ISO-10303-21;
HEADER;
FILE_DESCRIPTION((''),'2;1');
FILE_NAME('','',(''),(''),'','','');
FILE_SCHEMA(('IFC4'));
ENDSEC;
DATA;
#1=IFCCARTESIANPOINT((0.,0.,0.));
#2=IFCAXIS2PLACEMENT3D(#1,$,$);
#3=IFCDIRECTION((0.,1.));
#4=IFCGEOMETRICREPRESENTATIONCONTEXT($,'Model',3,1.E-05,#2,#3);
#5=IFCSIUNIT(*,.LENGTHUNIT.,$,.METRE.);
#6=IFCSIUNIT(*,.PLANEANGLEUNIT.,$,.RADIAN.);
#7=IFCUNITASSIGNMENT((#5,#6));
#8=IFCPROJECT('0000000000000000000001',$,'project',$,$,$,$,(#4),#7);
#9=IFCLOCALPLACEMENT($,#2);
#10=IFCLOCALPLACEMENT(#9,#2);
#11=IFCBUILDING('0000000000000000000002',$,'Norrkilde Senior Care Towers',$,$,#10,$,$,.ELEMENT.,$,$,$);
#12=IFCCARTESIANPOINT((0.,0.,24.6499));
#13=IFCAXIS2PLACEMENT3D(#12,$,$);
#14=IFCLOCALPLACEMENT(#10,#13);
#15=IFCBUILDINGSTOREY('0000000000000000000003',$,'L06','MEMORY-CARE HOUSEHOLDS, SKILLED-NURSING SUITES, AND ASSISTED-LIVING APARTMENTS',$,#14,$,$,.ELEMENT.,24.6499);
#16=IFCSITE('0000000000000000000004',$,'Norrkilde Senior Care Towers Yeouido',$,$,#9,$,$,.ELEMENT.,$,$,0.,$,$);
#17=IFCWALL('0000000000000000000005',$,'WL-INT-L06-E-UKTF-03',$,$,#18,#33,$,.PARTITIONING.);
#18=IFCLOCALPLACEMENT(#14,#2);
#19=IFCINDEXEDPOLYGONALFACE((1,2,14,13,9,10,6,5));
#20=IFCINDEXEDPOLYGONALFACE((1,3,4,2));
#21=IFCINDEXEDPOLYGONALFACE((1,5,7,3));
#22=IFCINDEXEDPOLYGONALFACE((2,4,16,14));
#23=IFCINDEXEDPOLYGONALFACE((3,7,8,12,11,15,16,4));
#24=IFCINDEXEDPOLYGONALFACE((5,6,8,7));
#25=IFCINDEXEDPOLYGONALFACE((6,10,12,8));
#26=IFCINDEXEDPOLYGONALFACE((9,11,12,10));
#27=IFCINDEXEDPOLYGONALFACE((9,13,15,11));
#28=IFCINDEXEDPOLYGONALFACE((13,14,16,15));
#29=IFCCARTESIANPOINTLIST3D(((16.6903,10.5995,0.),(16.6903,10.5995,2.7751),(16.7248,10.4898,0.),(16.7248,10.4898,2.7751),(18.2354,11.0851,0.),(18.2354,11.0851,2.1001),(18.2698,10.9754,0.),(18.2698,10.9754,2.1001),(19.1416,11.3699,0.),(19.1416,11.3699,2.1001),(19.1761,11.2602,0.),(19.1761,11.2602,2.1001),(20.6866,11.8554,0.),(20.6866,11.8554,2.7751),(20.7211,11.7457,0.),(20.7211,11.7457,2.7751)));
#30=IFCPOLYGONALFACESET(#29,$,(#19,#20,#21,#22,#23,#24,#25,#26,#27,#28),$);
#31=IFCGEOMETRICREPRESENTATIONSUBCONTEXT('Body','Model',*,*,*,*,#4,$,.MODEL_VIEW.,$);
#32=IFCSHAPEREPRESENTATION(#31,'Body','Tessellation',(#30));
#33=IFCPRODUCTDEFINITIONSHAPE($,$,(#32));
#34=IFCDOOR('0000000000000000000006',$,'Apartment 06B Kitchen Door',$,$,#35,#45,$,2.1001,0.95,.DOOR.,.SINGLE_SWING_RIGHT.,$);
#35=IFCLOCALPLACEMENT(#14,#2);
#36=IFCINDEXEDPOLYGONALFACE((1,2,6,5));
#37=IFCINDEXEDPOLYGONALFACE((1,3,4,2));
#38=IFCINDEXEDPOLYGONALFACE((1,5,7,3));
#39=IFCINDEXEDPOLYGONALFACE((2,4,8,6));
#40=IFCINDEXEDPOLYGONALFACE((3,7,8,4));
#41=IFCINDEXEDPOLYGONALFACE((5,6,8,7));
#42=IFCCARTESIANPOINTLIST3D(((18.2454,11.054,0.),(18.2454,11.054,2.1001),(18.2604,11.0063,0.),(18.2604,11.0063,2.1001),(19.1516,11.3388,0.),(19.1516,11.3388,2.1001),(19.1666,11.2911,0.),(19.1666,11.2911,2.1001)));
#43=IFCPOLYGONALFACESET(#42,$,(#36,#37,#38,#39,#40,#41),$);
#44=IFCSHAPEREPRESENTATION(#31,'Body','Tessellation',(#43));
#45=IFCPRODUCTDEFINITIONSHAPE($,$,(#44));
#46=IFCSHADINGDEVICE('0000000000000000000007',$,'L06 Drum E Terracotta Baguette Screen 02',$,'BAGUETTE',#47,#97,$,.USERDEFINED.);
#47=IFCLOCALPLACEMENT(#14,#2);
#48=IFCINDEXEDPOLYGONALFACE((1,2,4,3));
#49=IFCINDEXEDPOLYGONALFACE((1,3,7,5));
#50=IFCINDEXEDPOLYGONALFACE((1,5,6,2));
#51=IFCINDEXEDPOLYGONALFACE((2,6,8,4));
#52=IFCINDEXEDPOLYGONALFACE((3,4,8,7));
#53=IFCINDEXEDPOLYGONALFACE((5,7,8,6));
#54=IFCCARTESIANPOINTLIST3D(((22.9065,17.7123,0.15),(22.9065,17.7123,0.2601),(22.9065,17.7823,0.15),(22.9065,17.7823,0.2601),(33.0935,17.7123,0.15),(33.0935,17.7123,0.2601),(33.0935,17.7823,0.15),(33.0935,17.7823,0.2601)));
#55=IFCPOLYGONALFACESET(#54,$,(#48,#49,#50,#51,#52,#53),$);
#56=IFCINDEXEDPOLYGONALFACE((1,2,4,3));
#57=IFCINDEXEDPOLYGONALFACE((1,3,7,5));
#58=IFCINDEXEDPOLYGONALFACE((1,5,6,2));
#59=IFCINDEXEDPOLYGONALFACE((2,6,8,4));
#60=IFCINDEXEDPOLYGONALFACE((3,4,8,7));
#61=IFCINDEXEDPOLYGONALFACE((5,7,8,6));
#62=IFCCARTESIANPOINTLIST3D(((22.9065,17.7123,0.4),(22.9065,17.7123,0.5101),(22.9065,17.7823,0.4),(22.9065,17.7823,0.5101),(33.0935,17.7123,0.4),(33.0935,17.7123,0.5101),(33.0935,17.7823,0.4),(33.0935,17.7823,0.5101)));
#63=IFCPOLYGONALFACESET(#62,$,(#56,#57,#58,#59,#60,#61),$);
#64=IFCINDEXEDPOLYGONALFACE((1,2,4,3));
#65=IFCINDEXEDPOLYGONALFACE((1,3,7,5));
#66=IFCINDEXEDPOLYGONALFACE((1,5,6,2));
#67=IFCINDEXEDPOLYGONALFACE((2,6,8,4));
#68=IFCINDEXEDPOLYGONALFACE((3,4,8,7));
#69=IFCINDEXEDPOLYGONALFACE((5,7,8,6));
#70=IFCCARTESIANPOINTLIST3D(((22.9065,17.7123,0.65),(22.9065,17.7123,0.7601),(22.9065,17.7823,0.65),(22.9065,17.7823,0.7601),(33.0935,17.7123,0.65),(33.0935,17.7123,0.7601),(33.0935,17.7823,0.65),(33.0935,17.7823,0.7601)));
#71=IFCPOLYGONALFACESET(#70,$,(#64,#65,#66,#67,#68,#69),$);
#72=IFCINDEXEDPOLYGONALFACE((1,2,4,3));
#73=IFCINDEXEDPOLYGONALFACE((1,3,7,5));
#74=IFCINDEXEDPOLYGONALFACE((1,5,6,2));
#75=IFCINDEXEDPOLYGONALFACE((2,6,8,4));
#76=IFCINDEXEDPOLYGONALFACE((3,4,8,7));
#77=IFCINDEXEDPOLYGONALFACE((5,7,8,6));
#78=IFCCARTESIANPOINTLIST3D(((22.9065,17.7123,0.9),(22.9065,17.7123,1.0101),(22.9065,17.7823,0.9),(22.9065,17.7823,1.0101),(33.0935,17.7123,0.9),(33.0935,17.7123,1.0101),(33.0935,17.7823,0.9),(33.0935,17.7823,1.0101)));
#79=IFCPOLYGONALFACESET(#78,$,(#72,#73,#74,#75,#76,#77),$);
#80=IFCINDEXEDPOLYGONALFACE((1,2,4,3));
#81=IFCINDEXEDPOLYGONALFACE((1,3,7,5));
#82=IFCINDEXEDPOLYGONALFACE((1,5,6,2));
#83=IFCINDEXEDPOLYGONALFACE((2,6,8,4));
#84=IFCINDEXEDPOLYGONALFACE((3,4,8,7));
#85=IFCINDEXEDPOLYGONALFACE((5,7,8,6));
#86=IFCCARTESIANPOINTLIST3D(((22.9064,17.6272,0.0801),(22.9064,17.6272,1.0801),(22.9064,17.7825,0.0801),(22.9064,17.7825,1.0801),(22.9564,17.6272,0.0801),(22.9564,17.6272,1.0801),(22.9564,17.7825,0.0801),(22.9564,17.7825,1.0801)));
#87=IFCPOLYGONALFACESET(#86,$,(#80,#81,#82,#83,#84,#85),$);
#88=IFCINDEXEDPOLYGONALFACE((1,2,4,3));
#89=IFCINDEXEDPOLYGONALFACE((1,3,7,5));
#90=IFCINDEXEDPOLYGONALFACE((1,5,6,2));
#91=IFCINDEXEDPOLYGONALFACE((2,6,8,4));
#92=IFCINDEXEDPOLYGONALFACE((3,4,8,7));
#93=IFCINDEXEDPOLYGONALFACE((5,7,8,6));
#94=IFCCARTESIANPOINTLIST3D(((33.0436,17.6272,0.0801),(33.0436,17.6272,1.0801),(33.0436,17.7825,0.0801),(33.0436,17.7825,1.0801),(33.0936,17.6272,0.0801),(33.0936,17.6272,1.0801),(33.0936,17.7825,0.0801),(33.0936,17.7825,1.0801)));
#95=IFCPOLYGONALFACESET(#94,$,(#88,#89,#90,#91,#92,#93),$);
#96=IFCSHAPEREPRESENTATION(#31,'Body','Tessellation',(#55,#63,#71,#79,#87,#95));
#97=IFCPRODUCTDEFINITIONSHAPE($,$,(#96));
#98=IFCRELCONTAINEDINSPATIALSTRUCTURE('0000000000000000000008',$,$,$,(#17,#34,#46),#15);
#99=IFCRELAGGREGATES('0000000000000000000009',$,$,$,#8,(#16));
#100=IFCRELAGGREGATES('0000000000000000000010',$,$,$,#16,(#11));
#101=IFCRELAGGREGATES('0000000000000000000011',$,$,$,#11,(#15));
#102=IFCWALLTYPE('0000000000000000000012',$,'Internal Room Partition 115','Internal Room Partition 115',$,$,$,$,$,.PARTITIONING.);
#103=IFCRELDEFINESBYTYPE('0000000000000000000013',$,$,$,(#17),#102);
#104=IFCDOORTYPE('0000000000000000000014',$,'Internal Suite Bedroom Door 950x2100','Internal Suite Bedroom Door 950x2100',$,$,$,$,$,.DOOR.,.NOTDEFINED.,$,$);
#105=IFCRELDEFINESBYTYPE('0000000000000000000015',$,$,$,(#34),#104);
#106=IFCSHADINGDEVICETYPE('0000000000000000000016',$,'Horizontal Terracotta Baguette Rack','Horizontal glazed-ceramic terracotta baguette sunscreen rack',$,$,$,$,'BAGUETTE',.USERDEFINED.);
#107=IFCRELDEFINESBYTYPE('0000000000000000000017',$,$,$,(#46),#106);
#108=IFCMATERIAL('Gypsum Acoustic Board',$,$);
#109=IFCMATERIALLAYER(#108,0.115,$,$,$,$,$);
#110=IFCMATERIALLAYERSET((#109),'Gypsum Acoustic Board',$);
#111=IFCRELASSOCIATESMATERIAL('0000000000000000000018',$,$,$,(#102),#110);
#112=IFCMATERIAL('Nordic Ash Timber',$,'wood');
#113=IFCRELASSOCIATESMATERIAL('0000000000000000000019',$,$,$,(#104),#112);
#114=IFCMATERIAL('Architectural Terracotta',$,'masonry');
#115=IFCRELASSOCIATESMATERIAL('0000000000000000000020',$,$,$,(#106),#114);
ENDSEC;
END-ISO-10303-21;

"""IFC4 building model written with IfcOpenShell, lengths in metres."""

from ifc_helpers import new_model, si_unit, direction, frame, frame_2d, origin, origin_2d, place, context, subcontext, project, spatial, rectangle, extrude, source, transform, mapped, material, layer, layer_set, type_object, type_shapes, element, fill, save


model = new_model("IFC4")

# Units and contexts
model_context = context("Model", 3, precision=1e-05, world=origin(), true_north=direction((0.0, 1.0)))
body_context = subcontext(model_context, "Body", "Model", "MODEL_VIEW")
ifc_project = project(units=[si_unit("LENGTHUNIT", "METRE"), si_unit("PLANEANGLEUNIT", "RADIAN")], contexts=[model_context])

# Site, building, storey
site_placement = place(None, origin())
site = spatial("IfcSite", under=ifc_project, at=site_placement, Name="Norrkilde Senior Care Towers Yeouido", CompositionType="ELEMENT", RefElevation=0.0)
building_placement = place(site_placement, origin())
building = spatial("IfcBuilding", under=site, at=building_placement, Name="Norrkilde Senior Care Towers", CompositionType="ELEMENT")
storey_placement = place(building_placement, frame((0.0, 0.0, 24.6499)))
storey = spatial("IfcBuildingStorey", under=building, at=storey_placement, Name="L06", Description="MEMORY-CARE HOUSEHOLDS, SKILLED-NURSING SUITES, AND ASSISTED-LIVING APARTMENTS", CompositionType="ELEMENT", Elevation=24.6499)

# Shared definitions
ifc_material_1 = material(Name="Gypsum Acoustic Board")
ifc_layer_1 = layer(ifc_material_1, 0.115)
ifc_layer_set_1 = layer_set([ifc_layer_1], Name="Gypsum Acoustic Board")
wall_type_1 = type_object("IfcWallType", Name="Internal Room Partition 115", Description="Internal Room Partition 115", PredefinedType="PARTITIONING", material=ifc_layer_set_1)

# Shared definitions
ifc_material_2 = material(Name="Nordic Ash Timber", Category="wood")
door_type_1 = type_object("IfcDoorType", Name="Internal Suite Bedroom Door 950x2100", Description="Internal Suite Bedroom Door 950x2100", OperationType="NOTDEFINED", PredefinedType="DOOR", material=ifc_material_2)
shared_shape_1 = source(origin(), body_context, "Body", "SweptSolid", [
    extrude(rectangle(XDim=0.95, YDim=2.1001, at=frame_2d((0.4751, 1.05))), frame((0.0, 0.0249, 0.0), z_axis=(0.0, -1.0, 0.0), x_axis=(1.0, 0.0, 0.0)), (0.0, 0.0, 1.0), 0.05),
])
type_shapes(door_type_1, [shared_shape_1])

# Wall, opening, door
shared_shape_2 = source(origin(), body_context, "Body", "SweptSolid", [
    extrude(rectangle(XDim=4.189, YDim=0.115, at=frame_2d((2.0945, 0.0))), origin(), (0.0, 0.0, 1.0), 2.7751),
])
wall_1_placement = place(storey_placement, frame((20.7039, 11.8005, 0.0), z_axis=(0.0, 0.0, 1.0), x_axis=(-0.954003, -0.299798, 0.0)))
wall_1 = element("IfcWall", 1, at=wall_1_placement, inside=storey, type_object=wall_type_1, Name="WL-INT-L06-E-UKTF-03", PredefinedType="PARTITIONING", context=body_context, shape_type="MappedRepresentation", body=[
    mapped(shared_shape_2, transform((0.0, 0.0, 0.0), x_axis=(1.0, 0.0, 0.0), y_axis=(0.0, 1.0, 0.0), z_axis=(0.0, 0.0, 1.0), scale=1.0)),
])
opening_1_placement = place(wall_1_placement, frame((1.6194, 0.0, 0.0)))
opening_1 = element("IfcOpeningElement", 2, at=opening_1_placement, cuts=wall_1, PredefinedType="OPENING", context=body_context, shape_type="SweptSolid", body=[
    extrude(rectangle(XDim=0.95, YDim=2.1001, at=frame_2d((0.4751, 1.05))), frame((0.0, 0.0674, 0.0), z_axis=(0.0, -1.0, 0.0), x_axis=(1.0, 0.0, 0.0)), (0.0, 0.0, 1.0), 0.135),
])
door_1_placement = place(opening_1_placement, frame((0.95, 0.0, 0.0), z_axis=(0.0, 0.0, 1.0), x_axis=(-1.0, 0.0, 0.0)))
door_1 = element("IfcDoor", 3, at=door_1_placement, inside=storey, type_object=door_type_1, Name="Apartment 06B Kitchen Door", OperationType="SINGLE_SWING_RIGHT", OverallHeight=2.1001, OverallWidth=0.95, PredefinedType="DOOR", context=body_context, shape_type="MappedRepresentation", body=[
    mapped(shared_shape_1, transform((0.0, 0.0, 0.0), x_axis=(1.0, 0.0, 0.0), y_axis=(0.0, 1.0, 0.0), z_axis=(0.0, 0.0, 1.0), scale=1.0)),
])
fill(opening_1, door_1)

# Shading device
ifc_material_3 = material(Name="Architectural Terracotta", Category="masonry")
shading_device_type = type_object("IfcShadingDeviceType", Name="Horizontal Terracotta Baguette Rack", Description="Horizontal glazed-ceramic terracotta baguette sunscreen rack", ElementType="BAGUETTE", PredefinedType="USERDEFINED", material=ifc_material_3)
shared_shape_3 = source(origin(), body_context, "Body", "SweptSolid", [
    extrude(rectangle(XDim=0.0701, YDim=0.1101, at=origin_2d()), frame((0.0, 0.0901, 0.125), z_axis=(1.0, 0.0, 0.0), x_axis=(0.0, 1.0, 0.0)), (0.0, 0.0, 1.0), 10.187),
    extrude(rectangle(XDim=0.0701, YDim=0.1101, at=origin_2d()), frame((0.0, 0.0901, 0.375), z_axis=(1.0, 0.0, 0.0), x_axis=(0.0, 1.0, 0.0)), (0.0, 0.0, 1.0), 10.187),
    extrude(rectangle(XDim=0.0701, YDim=0.1101, at=origin_2d()), frame((0.0, 0.0901, 0.625), z_axis=(1.0, 0.0, 0.0), x_axis=(0.0, 1.0, 0.0)), (0.0, 0.0, 1.0), 10.187),
    extrude(rectangle(XDim=0.0701, YDim=0.1101, at=origin_2d()), frame((0.0, 0.0901, 0.875), z_axis=(1.0, 0.0, 0.0), x_axis=(0.0, 1.0, 0.0)), (0.0, 0.0, 1.0), 10.187),
    extrude(rectangle(XDim=0.05, YDim=0.1553, at=origin_2d()), frame((0.0249, 0.0476, 0.0)), (0.0, 0.0, 1.0), 1.0),
    extrude(rectangle(XDim=0.05, YDim=0.1553, at=origin_2d()), frame((10.1621, 0.0476, 0.0)), (0.0, 0.0, 1.0), 1.0),
])
type_shapes(shading_device_type, [shared_shape_3])
shading_device_placement = place(storey_placement, frame((22.9065, 17.6572, 0.0801), z_axis=(0.0, 0.0, 1.0), x_axis=(1.0, 0.0, 0.0)))
element("IfcShadingDevice", 4, at=shading_device_placement, inside=storey, type_object=shading_device_type, Name="L06 Drum E Terracotta Baguette Screen 02", ObjectType="BAGUETTE", PredefinedType="USERDEFINED", context=body_context, shape_type="MappedRepresentation", body=[
    mapped(shared_shape_3, transform((0.0, 0.0, 0.0), x_axis=(1.0, 0.0, 0.0), y_axis=(0.0, 1.0, 0.0), z_axis=(0.0, 0.0, 1.0), scale=1.0)),
])

save(model, "model.ifc")
